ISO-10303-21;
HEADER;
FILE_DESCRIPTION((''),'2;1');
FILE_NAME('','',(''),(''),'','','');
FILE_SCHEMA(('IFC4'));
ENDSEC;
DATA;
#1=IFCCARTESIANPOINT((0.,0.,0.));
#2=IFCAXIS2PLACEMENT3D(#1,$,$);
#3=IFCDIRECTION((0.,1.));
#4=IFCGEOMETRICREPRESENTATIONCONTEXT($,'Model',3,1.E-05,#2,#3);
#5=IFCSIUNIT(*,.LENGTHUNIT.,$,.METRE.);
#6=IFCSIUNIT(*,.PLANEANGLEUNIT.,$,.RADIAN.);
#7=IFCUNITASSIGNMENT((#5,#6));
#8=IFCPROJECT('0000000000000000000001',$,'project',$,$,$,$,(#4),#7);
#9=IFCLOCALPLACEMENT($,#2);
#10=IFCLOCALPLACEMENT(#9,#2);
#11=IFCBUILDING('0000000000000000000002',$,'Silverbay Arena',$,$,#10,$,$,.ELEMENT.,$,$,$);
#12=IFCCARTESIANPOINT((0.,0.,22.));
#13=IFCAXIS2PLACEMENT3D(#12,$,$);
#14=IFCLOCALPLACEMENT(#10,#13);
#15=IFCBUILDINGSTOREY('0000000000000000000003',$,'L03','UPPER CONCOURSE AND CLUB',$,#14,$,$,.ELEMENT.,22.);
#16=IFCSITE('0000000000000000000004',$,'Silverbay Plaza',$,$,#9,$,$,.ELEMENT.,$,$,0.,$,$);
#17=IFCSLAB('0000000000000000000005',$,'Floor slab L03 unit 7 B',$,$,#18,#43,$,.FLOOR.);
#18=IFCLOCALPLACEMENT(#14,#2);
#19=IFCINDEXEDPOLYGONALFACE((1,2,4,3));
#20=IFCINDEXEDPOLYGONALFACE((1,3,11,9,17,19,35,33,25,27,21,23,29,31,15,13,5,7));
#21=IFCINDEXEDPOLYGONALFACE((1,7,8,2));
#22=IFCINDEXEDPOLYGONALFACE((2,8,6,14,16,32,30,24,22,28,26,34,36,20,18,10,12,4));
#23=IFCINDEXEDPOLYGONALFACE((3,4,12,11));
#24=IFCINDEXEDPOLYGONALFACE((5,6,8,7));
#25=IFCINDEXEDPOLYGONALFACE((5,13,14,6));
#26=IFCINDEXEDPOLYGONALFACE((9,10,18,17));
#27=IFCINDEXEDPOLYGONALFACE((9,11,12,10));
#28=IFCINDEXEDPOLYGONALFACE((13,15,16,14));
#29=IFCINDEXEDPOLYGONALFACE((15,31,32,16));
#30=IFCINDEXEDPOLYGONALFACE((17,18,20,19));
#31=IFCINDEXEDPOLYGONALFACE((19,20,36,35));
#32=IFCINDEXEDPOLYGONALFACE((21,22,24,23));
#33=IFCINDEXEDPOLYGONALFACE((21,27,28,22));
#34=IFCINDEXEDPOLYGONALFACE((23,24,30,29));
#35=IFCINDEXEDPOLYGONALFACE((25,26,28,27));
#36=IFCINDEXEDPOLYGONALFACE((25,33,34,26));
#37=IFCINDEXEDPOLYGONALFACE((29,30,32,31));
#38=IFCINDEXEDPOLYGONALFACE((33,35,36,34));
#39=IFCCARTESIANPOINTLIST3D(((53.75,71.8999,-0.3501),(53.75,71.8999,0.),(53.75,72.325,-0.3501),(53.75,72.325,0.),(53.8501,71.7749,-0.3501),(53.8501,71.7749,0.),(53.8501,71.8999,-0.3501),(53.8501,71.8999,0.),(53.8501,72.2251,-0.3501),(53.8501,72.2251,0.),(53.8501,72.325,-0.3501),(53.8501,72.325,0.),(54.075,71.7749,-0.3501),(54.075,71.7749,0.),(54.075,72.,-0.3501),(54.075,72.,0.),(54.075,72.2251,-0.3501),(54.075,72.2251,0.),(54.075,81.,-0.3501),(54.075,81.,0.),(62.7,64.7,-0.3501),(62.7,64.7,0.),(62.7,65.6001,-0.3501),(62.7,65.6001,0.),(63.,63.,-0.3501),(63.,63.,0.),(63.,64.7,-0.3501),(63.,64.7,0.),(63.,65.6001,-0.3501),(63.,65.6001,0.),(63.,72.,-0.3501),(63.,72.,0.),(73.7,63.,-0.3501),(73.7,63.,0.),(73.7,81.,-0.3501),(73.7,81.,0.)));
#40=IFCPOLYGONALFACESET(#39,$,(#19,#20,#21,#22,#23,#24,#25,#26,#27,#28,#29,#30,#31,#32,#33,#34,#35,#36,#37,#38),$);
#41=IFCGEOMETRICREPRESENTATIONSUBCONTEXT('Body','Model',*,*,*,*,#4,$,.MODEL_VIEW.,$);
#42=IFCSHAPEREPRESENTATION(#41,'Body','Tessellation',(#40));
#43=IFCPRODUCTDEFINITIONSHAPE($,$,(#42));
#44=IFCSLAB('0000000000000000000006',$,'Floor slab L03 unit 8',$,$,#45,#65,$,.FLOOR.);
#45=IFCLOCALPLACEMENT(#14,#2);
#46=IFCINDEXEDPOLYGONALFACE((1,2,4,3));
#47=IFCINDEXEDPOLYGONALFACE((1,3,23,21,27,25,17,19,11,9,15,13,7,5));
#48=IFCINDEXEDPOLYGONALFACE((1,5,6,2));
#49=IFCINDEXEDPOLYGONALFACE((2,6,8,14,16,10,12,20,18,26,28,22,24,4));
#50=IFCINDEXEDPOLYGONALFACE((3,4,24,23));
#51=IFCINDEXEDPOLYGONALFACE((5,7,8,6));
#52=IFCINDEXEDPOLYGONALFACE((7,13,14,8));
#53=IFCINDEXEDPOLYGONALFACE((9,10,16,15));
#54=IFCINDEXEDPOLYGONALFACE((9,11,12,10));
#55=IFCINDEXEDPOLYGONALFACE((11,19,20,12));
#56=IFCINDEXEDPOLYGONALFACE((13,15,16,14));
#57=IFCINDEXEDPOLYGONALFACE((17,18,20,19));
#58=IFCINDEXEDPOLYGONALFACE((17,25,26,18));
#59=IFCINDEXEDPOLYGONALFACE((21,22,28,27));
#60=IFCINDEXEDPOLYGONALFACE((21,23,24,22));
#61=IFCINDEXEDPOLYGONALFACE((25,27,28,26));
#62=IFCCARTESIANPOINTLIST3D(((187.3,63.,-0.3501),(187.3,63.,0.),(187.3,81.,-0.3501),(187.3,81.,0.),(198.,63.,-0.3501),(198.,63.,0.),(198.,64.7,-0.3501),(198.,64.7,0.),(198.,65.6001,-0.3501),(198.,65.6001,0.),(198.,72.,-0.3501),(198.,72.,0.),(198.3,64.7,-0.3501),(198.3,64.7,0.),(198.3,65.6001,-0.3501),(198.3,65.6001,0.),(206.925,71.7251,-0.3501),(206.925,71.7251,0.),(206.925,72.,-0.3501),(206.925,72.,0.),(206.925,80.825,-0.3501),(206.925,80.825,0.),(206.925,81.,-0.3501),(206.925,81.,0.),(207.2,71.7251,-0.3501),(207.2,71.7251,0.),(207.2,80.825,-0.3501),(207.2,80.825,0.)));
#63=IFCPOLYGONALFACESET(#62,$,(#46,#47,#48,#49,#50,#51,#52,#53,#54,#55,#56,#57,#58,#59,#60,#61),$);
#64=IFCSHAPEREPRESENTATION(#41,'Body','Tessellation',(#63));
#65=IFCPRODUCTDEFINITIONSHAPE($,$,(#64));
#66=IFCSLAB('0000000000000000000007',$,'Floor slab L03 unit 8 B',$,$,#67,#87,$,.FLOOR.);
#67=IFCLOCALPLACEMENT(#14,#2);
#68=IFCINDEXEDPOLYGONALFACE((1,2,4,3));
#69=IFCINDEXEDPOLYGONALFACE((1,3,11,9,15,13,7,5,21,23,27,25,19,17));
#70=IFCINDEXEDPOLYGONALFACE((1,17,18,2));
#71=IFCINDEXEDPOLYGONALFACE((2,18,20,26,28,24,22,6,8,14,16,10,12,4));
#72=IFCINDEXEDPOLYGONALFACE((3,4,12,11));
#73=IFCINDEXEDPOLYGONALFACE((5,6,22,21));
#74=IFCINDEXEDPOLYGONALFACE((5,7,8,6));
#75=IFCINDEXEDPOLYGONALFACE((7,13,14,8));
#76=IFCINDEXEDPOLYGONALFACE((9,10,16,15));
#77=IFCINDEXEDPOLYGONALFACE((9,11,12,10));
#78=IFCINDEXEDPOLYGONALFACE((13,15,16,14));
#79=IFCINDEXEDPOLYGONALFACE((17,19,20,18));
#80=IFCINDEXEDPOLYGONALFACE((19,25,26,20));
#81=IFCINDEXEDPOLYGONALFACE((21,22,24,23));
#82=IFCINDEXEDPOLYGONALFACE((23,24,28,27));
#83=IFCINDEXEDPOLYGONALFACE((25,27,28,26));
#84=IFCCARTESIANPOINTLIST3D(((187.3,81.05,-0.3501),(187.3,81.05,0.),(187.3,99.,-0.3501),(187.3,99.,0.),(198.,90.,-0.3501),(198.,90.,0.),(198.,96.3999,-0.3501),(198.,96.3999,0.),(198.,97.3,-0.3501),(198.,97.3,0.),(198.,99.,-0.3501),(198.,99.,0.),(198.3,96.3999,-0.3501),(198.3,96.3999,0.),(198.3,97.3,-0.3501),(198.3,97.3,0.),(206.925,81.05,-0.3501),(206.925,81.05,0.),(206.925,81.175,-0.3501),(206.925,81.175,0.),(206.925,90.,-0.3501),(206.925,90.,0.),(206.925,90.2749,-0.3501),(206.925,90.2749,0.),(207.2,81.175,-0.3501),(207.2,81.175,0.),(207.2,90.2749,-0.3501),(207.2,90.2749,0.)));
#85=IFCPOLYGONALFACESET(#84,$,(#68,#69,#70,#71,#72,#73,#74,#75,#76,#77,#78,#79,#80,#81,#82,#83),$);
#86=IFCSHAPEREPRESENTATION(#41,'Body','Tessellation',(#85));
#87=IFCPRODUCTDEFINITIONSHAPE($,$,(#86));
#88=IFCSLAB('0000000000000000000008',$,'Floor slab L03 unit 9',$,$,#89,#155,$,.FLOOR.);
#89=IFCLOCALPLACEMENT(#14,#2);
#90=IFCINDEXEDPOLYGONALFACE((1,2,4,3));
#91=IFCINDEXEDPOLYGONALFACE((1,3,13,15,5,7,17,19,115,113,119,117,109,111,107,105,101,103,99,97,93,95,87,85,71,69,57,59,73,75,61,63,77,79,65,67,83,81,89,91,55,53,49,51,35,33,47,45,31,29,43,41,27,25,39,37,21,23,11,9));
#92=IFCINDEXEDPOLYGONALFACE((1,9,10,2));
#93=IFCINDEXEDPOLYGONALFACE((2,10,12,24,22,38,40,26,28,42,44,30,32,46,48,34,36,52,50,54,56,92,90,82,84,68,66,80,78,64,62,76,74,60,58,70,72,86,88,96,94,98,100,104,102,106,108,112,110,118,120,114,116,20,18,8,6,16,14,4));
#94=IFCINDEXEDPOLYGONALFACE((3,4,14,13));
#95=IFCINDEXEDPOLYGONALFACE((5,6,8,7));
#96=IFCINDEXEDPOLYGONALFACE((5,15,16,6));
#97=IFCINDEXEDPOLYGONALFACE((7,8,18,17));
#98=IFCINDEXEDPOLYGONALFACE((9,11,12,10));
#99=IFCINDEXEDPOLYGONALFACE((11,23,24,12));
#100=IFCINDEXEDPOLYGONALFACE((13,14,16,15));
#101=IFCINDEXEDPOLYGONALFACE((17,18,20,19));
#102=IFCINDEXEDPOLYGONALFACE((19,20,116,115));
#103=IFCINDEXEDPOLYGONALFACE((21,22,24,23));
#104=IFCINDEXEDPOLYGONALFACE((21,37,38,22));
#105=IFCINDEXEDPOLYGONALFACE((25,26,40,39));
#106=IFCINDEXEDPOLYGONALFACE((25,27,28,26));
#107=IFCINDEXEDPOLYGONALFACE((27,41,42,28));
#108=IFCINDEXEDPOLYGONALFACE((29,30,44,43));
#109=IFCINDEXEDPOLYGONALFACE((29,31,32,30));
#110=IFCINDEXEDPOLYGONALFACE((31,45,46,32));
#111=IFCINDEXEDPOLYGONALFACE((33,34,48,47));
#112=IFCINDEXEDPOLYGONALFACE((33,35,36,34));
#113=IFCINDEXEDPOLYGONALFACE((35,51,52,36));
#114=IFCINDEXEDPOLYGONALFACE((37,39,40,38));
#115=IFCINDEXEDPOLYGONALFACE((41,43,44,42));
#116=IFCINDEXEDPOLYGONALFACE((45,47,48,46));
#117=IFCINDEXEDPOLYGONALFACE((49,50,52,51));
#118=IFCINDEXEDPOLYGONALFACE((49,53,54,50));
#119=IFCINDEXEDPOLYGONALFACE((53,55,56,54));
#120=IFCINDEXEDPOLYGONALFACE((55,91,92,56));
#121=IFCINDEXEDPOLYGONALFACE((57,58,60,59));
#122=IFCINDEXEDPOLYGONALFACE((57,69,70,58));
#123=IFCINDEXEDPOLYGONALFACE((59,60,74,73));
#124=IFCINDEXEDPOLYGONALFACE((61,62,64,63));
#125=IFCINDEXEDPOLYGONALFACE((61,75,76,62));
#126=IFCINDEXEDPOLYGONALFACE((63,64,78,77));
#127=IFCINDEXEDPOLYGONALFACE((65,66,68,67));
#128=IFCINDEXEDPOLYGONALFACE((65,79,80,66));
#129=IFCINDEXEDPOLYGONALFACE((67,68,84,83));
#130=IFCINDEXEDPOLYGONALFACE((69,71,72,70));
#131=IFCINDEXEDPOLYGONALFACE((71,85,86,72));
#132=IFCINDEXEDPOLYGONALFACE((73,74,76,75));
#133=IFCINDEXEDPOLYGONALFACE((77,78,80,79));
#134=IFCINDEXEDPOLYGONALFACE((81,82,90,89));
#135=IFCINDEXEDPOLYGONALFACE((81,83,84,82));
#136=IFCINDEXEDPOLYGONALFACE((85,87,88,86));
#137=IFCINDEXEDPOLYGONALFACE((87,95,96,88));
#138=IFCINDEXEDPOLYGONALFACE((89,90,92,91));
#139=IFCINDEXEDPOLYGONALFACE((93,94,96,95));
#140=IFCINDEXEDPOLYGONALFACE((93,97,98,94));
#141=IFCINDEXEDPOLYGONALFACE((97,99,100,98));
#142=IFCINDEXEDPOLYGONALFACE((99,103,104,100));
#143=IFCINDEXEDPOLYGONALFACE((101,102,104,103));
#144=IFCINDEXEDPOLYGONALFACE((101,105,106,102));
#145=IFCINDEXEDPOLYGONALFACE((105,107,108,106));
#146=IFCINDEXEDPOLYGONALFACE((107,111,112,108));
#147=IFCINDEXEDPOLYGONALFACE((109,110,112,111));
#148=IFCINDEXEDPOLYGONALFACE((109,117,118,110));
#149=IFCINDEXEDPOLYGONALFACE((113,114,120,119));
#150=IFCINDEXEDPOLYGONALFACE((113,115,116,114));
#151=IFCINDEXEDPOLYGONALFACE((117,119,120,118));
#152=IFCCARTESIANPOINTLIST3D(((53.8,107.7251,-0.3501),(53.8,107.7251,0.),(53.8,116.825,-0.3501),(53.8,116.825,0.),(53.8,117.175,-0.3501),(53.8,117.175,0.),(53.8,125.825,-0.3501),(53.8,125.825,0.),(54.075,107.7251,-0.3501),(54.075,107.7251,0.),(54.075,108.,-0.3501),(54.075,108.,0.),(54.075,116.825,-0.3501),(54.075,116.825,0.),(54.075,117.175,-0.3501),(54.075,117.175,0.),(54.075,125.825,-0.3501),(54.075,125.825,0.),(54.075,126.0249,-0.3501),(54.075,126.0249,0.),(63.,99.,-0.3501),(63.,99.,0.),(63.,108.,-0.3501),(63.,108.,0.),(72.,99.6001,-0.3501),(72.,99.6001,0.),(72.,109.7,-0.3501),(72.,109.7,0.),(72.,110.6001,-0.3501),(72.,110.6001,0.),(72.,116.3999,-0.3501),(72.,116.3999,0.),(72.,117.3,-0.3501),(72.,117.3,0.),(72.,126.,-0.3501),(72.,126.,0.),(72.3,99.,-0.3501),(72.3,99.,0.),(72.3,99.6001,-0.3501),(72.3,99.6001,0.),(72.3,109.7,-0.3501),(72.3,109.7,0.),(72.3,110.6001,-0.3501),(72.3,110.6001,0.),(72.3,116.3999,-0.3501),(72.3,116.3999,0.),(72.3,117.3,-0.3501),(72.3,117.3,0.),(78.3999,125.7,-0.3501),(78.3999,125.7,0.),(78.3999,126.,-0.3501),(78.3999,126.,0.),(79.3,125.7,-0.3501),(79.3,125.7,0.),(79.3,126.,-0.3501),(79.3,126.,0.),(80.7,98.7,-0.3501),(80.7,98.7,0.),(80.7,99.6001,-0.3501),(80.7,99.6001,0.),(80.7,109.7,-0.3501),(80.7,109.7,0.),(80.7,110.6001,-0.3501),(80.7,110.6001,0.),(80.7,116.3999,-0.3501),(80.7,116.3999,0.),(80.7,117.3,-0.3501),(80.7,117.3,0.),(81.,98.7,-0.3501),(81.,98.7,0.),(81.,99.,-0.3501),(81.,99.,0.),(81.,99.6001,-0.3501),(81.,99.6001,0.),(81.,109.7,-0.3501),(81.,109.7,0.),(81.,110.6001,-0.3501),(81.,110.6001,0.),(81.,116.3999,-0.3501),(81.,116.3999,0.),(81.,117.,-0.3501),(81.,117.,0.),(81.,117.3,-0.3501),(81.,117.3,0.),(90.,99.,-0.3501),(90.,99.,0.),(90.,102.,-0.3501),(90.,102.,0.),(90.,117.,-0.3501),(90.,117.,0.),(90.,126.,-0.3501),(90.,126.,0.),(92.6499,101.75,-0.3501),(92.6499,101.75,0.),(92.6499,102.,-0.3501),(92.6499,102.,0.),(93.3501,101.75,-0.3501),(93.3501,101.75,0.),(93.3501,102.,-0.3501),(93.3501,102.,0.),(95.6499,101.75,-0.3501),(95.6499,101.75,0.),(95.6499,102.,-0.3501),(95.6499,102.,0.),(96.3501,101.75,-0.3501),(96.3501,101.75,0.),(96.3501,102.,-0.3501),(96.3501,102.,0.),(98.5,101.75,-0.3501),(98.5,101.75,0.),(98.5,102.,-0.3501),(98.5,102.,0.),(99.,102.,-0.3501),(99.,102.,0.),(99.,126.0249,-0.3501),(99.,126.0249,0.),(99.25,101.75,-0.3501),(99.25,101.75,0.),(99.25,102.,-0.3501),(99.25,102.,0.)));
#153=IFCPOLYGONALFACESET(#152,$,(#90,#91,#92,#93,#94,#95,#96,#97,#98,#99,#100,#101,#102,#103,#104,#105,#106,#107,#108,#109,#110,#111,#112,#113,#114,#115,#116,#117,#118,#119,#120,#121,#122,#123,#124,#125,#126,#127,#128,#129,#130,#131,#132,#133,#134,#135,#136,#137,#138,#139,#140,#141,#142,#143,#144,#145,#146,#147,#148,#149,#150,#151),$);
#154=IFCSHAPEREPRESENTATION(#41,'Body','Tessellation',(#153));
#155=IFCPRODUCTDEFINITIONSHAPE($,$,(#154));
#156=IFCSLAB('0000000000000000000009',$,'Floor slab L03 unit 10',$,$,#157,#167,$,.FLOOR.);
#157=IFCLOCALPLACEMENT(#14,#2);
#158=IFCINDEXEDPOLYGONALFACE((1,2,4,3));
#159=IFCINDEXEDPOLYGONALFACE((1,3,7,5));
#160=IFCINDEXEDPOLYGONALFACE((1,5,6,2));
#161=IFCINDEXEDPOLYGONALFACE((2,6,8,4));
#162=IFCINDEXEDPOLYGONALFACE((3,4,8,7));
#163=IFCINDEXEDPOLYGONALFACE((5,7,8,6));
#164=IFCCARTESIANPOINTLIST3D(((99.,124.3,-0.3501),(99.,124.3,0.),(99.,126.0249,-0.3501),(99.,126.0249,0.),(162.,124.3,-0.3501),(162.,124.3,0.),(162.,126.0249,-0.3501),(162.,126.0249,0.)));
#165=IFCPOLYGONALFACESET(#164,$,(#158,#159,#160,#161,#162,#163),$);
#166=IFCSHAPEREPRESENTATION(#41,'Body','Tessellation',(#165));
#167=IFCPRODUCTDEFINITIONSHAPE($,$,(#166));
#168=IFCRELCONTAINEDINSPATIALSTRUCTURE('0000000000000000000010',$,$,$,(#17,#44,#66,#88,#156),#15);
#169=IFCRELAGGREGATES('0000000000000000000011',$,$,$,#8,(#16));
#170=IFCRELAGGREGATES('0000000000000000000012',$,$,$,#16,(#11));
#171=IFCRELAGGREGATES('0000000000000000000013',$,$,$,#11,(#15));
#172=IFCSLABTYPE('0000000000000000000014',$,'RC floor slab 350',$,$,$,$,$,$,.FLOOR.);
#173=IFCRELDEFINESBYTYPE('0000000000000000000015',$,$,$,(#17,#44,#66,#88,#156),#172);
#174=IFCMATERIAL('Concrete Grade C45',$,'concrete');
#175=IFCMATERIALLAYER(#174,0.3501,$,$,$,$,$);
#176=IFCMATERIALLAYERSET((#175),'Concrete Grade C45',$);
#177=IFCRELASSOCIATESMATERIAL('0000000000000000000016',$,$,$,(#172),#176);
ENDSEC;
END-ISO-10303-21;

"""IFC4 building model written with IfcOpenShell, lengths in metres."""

from ifc_helpers import new_model, si_unit, direction, frame, origin, place, context, subcontext, project, spatial, polyline, outline, extrude, material, layer, layer_set, type_object, element, save


model = new_model("IFC4")

# Units and contexts
model_context = context("Model", 3, precision=1e-05, world=origin(), true_north=direction((0.0, 1.0)))
body_context = subcontext(model_context, "Body", "Model", "MODEL_VIEW")
ifc_project = project(units=[si_unit("LENGTHUNIT", "METRE"), si_unit("PLANEANGLEUNIT", "RADIAN")], contexts=[model_context])

# Site, building, storey
site_placement = place(None, origin())
site = spatial("IfcSite", under=ifc_project, at=site_placement, Name="Silverbay Plaza", CompositionType="ELEMENT", RefElevation=0.0)
building_placement = place(site_placement, origin())
building = spatial("IfcBuilding", under=site, at=building_placement, Name="Silverbay Arena", CompositionType="ELEMENT")
storey_placement = place(building_placement, frame((0.0, 0.0, 22.0)))
storey = spatial("IfcBuildingStorey", under=building, at=storey_placement, Name="L03", Description="UPPER CONCOURSE AND CLUB", CompositionType="ELEMENT", Elevation=22.0)

# Slabs
ifc_material_1 = material(Name="Concrete Grade C45", Category="concrete")
ifc_layer_1 = layer(ifc_material_1, 0.3501)
ifc_layer_set_1 = layer_set([ifc_layer_1], Name="Concrete Grade C45")
slab_type_1 = type_object("IfcSlabType", Name="RC floor slab 350", PredefinedType="FLOOR", material=ifc_layer_set_1)
slab_1_placement = place(storey_placement, frame((0.0, 0.0, -0.3501)))
element("IfcSlab", 1, at=slab_1_placement, inside=storey, type_object=slab_type_1, Name="Floor slab L03 unit 7 B", PredefinedType="FLOOR", context=body_context, shape_type="SweptSolid", body=[
    extrude(outline(polyline([(53.75, 72.325), (53.8501, 72.325), (53.8501, 72.2251), (54.075, 72.2251), (54.075, 81.0), (73.7, 81.0), (73.7, 63.0), (63.0, 63.0), (63.0, 64.7), (62.7, 64.7), (62.7, 65.6001), (63.0, 65.6001), (63.0, 72.0), (54.075, 72.0), (54.075, 71.7749), (53.8501, 71.7749), (53.8501, 71.8999), (53.75, 71.8999), (53.75, 72.325)])), origin(), (0.0, 0.0, 1.0), 0.3501),
])
slab_2_placement = place(storey_placement, frame((0.0, 0.0, -0.3501)))
element("IfcSlab", 2, at=slab_2_placement, inside=storey, type_object=slab_type_1, Name="Floor slab L03 unit 8", PredefinedType="FLOOR", context=body_context, shape_type="SweptSolid", body=[
    extrude(outline(polyline([(198.3, 64.7), (198.0, 64.7), (198.0, 63.0), (187.3, 63.0), (187.3, 81.0), (206.925, 81.0), (206.925, 80.825), (207.2, 80.825), (207.2, 71.7251), (206.925, 71.7251), (206.925, 72.0), (198.0, 72.0), (198.0, 65.6001), (198.3, 65.6001), (198.3, 64.7)])), origin(), (0.0, 0.0, 1.0), 0.3501),
])
slab_3_placement = place(storey_placement, frame((0.0, 0.0, -0.3501)))
element("IfcSlab", 3, at=slab_3_placement, inside=storey, type_object=slab_type_1, Name="Floor slab L03 unit 8 B", PredefinedType="FLOOR", context=body_context, shape_type="SweptSolid", body=[
    extrude(outline(polyline([(187.3, 99.0), (198.0, 99.0), (198.0, 97.3), (198.3, 97.3), (198.3, 96.3999), (198.0, 96.3999), (198.0, 90.0), (206.925, 90.0), (206.925, 90.2749), (207.2, 90.2749), (207.2, 81.175), (206.925, 81.175), (206.925, 81.05), (187.3, 81.05), (187.3, 99.0)])), origin(), (0.0, 0.0, 1.0), 0.3501),
])
slab_4_placement = place(storey_placement, frame((0.0, 0.0, -0.3501)))
element("IfcSlab", 4, at=slab_4_placement, inside=storey, type_object=slab_type_1, Name="Floor slab L03 unit 9", PredefinedType="FLOOR", context=body_context, shape_type="SweptSolid", body=[
    extrude(outline(polyline([(72.3, 99.0), (63.0, 99.0), (63.0, 108.0), (54.075, 108.0), (54.075, 107.7251), (53.8, 107.7251), (53.8, 116.825), (54.075, 116.825), (54.075, 117.175), (53.8, 117.175), (53.8, 125.825), (54.075, 125.825), (54.075, 126.0249), (99.0, 126.0249), (99.0, 102.0), (99.25, 102.0), (99.25, 101.75), (98.5, 101.75), (98.5, 102.0), (96.3501, 102.0), (96.3501, 101.75), (95.6499, 101.75), (95.6499, 102.0), (93.3501, 102.0), (93.3501, 101.75), (92.6499, 101.75), (92.6499, 102.0), (90.0, 102.0), (90.0, 99.0), (81.0, 99.0), (81.0, 98.7), (80.7, 98.7), (80.7, 99.6001), (81.0, 99.6001), (81.0, 109.7), (80.7, 109.7), (80.7, 110.6001), (81.0, 110.6001), (81.0, 116.3999), (80.7, 116.3999), (80.7, 117.3), (81.0, 117.3), (81.0, 117.0), (90.0, 117.0), (90.0, 126.0), (79.3, 126.0), (79.3, 125.7), (78.3999, 125.7), (78.3999, 126.0), (72.0, 126.0), (72.0, 117.3), (72.3, 117.3), (72.3, 116.3999), (72.0, 116.3999), (72.0, 110.6001), (72.3, 110.6001), (72.3, 109.7), (72.0, 109.7), (72.0, 99.6001), (72.3, 99.6001), (72.3, 99.0)])), origin(), (0.0, 0.0, 1.0), 0.3501),
])
slab_5_placement = place(storey_placement, frame((0.0, 0.0, -0.3501)))
element("IfcSlab", 5, at=slab_5_placement, inside=storey, type_object=slab_type_1, Name="Floor slab L03 unit 10", PredefinedType="FLOOR", context=body_context, shape_type="SweptSolid", body=[
    extrude(outline(polyline([(162.0, 126.0249), (162.0, 124.3), (99.0, 124.3), (99.0, 126.0249), (162.0, 126.0249)])), origin(), (0.0, 0.0, 1.0), 0.3501),
])

save(model, "model.ifc")
